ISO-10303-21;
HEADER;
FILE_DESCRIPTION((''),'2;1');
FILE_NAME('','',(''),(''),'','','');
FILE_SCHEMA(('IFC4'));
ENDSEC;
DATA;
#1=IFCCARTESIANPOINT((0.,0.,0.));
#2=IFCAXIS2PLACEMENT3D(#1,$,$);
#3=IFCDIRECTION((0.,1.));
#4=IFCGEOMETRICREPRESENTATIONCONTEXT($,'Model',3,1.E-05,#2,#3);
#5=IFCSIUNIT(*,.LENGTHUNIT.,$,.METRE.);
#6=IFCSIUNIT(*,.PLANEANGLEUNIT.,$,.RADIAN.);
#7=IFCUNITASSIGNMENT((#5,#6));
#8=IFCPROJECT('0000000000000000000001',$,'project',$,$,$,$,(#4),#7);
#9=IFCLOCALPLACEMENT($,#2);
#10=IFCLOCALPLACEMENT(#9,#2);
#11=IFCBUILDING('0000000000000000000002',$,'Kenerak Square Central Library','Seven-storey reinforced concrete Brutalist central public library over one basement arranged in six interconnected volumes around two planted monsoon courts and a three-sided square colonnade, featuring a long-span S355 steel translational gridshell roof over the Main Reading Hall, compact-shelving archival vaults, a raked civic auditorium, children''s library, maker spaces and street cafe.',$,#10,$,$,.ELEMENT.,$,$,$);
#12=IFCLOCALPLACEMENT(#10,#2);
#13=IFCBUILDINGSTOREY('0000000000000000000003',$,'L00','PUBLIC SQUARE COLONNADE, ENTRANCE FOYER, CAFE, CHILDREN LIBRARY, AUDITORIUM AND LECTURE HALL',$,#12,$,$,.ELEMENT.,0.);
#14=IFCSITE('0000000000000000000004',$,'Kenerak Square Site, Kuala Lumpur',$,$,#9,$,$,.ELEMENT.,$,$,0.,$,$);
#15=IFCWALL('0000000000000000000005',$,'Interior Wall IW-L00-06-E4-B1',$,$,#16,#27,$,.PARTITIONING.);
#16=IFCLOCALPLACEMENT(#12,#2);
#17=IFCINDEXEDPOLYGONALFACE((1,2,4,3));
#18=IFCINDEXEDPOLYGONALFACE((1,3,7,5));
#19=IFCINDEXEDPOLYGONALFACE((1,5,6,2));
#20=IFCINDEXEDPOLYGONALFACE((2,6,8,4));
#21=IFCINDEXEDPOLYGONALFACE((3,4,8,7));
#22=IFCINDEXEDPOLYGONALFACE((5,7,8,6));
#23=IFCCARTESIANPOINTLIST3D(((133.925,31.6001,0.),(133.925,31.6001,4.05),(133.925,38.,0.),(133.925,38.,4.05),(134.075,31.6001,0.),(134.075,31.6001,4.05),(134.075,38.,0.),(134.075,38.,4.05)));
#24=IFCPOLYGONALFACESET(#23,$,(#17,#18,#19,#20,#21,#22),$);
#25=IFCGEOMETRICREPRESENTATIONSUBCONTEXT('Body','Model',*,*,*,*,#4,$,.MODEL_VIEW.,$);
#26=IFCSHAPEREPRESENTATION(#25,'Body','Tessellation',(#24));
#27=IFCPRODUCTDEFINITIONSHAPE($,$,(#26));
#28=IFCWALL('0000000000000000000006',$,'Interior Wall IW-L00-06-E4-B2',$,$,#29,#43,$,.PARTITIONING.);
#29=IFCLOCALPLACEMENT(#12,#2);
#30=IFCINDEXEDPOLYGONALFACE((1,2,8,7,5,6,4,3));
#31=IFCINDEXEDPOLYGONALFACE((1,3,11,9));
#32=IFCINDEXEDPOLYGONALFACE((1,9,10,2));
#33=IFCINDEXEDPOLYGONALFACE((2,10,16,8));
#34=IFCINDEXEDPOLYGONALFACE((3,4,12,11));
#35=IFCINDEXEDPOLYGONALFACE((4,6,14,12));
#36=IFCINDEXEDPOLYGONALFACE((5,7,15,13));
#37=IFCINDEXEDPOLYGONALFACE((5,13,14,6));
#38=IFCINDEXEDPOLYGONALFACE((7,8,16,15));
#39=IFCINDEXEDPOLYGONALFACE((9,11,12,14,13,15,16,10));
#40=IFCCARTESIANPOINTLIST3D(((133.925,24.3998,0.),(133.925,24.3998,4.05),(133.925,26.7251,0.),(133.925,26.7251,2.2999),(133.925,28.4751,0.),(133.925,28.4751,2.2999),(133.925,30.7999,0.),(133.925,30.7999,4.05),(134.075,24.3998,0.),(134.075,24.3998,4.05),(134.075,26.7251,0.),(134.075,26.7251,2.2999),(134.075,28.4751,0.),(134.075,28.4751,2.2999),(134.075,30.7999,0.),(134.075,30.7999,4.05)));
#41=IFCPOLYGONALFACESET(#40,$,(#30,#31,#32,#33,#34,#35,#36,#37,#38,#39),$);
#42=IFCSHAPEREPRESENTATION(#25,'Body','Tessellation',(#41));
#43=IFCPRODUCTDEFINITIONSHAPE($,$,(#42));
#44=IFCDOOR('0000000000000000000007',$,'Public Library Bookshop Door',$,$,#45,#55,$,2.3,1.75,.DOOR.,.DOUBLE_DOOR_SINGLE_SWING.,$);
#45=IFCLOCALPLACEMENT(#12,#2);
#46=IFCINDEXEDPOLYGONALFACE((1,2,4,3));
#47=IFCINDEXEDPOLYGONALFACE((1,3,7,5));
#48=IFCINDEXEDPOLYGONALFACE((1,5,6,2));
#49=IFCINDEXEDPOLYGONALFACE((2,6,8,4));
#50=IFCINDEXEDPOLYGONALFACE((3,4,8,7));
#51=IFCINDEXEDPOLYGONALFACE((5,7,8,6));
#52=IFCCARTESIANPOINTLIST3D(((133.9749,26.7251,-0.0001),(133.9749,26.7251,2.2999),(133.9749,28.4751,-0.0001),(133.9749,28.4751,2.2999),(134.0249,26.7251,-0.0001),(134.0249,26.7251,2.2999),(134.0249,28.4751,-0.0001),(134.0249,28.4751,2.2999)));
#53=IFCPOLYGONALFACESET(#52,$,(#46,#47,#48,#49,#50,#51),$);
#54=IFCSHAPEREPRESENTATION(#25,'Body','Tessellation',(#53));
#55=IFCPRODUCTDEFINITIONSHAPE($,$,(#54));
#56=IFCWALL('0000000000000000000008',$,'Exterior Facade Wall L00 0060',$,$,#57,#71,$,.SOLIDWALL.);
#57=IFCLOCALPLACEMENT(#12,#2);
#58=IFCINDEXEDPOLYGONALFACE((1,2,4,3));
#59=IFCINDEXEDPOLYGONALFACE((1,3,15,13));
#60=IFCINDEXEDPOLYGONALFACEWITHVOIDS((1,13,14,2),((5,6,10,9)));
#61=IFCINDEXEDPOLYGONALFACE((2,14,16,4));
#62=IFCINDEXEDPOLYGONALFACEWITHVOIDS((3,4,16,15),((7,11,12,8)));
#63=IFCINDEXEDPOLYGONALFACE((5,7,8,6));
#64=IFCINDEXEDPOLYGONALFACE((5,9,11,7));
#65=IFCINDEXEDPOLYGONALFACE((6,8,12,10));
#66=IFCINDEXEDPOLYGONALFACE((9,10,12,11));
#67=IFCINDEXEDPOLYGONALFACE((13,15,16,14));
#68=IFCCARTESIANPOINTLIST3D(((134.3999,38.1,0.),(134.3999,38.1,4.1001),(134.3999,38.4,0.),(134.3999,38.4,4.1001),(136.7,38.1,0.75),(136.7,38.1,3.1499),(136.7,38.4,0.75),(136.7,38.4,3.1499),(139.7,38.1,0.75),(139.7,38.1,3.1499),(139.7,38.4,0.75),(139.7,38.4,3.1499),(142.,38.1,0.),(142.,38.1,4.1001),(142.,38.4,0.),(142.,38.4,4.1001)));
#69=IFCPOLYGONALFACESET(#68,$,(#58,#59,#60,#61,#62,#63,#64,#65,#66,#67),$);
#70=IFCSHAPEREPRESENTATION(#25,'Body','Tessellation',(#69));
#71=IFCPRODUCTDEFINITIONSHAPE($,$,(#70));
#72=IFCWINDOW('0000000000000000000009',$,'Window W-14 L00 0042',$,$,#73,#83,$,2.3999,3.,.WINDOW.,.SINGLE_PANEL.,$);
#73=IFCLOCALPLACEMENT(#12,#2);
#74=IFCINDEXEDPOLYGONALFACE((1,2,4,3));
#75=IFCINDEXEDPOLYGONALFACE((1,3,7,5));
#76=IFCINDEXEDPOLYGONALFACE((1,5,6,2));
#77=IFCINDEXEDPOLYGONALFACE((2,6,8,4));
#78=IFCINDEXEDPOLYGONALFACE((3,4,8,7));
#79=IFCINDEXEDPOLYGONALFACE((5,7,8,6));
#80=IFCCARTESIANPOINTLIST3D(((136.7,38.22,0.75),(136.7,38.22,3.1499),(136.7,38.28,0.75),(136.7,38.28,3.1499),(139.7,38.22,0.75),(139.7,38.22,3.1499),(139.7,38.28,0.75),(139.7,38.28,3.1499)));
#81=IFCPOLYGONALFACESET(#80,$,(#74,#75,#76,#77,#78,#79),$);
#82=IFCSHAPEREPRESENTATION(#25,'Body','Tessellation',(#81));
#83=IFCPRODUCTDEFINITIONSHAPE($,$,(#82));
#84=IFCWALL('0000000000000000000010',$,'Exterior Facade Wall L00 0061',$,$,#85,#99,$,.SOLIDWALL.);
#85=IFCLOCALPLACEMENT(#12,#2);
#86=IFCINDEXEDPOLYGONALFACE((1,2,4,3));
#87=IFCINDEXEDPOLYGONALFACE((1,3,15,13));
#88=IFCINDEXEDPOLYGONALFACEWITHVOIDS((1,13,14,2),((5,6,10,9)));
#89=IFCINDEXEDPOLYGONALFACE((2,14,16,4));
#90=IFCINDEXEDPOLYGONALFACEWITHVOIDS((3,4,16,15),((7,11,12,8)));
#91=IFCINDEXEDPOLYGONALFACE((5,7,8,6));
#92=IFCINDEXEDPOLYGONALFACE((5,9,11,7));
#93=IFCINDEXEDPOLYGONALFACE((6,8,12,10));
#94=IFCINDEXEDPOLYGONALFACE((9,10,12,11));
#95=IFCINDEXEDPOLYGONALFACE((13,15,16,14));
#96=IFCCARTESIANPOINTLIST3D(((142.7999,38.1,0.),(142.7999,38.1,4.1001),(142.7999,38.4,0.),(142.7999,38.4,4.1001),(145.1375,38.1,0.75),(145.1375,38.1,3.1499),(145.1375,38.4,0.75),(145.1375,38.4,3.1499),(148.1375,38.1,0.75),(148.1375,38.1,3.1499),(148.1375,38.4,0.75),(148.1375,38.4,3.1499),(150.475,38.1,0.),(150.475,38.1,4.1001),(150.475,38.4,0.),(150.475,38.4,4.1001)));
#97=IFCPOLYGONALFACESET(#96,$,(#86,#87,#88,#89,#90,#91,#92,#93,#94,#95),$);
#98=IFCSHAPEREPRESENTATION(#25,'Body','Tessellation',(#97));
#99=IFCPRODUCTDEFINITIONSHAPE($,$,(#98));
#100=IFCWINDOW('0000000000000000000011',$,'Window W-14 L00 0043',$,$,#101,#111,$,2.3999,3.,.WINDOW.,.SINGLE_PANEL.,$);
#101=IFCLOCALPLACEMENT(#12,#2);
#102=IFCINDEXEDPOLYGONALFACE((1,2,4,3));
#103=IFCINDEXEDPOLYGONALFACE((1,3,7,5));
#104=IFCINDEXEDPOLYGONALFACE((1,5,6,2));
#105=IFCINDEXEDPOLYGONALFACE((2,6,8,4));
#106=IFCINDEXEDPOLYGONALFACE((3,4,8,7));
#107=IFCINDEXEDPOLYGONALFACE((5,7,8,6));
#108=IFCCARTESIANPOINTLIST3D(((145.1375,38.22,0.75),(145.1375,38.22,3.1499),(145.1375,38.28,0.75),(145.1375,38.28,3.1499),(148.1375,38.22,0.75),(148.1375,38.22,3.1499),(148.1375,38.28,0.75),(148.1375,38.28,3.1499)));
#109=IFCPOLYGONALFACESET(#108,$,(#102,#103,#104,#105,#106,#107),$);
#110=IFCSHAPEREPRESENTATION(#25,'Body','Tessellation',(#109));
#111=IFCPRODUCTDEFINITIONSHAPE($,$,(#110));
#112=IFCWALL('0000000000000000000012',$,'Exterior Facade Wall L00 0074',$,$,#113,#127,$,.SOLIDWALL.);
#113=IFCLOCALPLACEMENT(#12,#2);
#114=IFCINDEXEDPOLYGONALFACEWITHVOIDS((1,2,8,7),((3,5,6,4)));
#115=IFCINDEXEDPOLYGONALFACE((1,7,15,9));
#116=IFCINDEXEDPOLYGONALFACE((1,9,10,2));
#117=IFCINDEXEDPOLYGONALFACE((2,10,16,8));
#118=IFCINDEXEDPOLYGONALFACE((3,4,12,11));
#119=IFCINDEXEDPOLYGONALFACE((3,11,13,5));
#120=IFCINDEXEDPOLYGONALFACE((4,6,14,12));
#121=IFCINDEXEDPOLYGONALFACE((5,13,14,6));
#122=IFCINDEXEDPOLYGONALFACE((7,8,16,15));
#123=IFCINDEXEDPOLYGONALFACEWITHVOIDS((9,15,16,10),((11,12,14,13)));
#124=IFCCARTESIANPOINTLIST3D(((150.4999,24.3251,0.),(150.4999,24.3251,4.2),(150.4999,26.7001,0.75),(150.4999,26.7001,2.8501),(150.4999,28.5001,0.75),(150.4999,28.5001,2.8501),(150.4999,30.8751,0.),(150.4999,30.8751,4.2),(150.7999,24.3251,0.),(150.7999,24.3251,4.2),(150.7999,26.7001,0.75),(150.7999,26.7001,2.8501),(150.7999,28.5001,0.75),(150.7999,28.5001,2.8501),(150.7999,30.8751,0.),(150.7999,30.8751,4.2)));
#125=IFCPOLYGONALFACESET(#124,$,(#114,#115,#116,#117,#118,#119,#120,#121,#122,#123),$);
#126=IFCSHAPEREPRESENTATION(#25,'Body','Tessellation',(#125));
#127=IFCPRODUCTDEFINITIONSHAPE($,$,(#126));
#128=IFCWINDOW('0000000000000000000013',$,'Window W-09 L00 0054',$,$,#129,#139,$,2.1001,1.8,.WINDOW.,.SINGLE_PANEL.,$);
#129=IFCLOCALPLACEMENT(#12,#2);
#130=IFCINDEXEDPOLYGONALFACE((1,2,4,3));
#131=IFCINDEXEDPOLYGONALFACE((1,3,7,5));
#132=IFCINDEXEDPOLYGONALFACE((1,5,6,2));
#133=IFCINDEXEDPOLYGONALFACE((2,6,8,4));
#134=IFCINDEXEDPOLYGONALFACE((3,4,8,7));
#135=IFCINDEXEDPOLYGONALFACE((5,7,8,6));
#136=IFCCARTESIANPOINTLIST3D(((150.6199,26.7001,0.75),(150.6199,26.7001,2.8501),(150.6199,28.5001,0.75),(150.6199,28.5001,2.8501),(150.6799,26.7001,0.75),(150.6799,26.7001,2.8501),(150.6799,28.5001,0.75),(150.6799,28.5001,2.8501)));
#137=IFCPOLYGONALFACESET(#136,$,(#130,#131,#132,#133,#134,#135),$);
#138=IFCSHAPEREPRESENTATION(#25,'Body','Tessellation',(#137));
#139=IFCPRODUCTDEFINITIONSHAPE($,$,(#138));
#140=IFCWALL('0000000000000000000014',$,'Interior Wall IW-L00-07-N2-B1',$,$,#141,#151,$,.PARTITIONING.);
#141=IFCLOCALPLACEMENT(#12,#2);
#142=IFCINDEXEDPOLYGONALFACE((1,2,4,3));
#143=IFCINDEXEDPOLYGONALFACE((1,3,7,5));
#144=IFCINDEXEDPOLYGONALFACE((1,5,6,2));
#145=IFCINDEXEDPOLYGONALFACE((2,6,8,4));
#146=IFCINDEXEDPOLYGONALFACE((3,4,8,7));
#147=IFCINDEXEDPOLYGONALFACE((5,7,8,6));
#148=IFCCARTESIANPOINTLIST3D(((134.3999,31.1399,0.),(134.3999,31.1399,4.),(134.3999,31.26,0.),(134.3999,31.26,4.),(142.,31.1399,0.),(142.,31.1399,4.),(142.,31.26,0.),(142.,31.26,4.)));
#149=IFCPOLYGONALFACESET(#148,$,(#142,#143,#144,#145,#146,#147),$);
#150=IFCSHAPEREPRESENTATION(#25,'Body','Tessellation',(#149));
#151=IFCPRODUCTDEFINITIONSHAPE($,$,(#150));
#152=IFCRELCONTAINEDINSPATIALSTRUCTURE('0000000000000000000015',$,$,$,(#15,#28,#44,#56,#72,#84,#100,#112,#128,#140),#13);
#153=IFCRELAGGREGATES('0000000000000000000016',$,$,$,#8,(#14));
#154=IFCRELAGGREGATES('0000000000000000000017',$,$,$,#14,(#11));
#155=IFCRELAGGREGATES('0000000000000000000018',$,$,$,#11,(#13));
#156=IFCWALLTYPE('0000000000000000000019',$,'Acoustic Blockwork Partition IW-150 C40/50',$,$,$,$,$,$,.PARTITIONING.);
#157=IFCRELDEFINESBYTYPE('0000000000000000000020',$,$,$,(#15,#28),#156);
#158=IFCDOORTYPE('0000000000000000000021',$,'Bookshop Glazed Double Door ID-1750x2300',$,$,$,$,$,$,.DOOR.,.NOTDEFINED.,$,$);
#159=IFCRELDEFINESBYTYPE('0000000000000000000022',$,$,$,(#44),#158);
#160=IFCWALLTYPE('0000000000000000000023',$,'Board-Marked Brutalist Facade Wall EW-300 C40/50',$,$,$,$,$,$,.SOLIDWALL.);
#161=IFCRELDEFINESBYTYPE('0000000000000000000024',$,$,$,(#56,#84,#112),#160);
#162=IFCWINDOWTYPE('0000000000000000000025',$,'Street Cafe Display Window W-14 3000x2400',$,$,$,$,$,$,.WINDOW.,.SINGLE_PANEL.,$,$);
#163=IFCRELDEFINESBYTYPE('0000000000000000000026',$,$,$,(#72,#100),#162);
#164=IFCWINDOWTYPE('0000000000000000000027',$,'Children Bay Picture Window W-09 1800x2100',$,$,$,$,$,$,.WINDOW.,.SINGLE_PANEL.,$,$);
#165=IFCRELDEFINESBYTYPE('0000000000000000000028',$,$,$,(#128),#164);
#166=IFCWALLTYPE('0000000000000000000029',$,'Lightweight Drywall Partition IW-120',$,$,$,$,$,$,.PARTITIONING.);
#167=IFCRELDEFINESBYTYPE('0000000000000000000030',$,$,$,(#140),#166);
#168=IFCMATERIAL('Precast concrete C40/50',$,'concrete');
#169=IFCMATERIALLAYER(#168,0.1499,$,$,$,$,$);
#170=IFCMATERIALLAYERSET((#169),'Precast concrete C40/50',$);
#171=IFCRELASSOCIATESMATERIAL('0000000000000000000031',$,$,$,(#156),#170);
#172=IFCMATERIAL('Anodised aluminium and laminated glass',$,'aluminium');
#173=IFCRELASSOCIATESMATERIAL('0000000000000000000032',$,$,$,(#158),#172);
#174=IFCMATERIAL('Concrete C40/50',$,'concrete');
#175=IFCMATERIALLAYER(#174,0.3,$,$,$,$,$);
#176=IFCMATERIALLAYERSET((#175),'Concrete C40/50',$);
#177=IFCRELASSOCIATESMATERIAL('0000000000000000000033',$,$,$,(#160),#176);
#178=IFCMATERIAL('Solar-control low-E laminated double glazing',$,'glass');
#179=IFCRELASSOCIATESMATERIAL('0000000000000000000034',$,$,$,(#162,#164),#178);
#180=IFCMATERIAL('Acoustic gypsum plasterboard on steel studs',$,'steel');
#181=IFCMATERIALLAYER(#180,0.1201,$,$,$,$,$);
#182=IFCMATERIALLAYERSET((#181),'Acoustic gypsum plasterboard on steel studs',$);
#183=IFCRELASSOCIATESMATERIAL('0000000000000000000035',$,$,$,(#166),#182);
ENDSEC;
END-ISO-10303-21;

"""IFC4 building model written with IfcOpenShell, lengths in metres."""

from ifc_helpers import new_model, si_unit, direction, frame, frame_2d, origin, place, context, subcontext, project, spatial, rectangle, extrude, material, layer, layer_set, type_object, element, fill, save


model = new_model("IFC4")

# Units and contexts
model_context = context("Model", 3, precision=1e-05, world=origin(), true_north=direction((0.0, 1.0)))
body_context = subcontext(model_context, "Body", "Model", "MODEL_VIEW")
ifc_project = project(units=[si_unit("LENGTHUNIT", "METRE"), si_unit("PLANEANGLEUNIT", "RADIAN")], contexts=[model_context])

# Site, building, storey
site_placement = place(None, origin())
site = spatial("IfcSite", under=ifc_project, at=site_placement, Name="Kenerak Square Site, Kuala Lumpur", CompositionType="ELEMENT", RefElevation=0.0)
building_placement = place(site_placement, origin())
building = spatial("IfcBuilding", under=site, at=building_placement, Name="Kenerak Square Central Library", Description="Seven-storey reinforced concrete Brutalist central public library over one basement arranged in six interconnected volumes around two planted monsoon courts and a three-sided square colonnade, featuring a long-span S355 steel translational gridshell roof over the Main Reading Hall, compact-shelving archival vaults, a raked civic auditorium, children's library, maker spaces and street cafe.", CompositionType="ELEMENT")
storey_placement = place(building_placement, origin())
storey = spatial("IfcBuildingStorey", under=building, at=storey_placement, Name="L00", Description="PUBLIC SQUARE COLONNADE, ENTRANCE FOYER, CAFE, CHILDREN LIBRARY, AUDITORIUM AND LECTURE HALL", CompositionType="ELEMENT", Elevation=0.0)

# Shared definitions
ifc_material_1 = material(Name="Concrete C40/50", Category="concrete")

# Wall
ifc_material_2 = material(Name="Precast concrete C40/50", Category="concrete")
ifc_layer_1 = layer(ifc_material_2, 0.1499)
ifc_layer_set_1 = layer_set([ifc_layer_1], Name="Precast concrete C40/50")
wall_type_1 = type_object("IfcWallType", Name="Acoustic Blockwork Partition IW-150 C40/50", PredefinedType="PARTITIONING", material=ifc_layer_set_1)
wall_1_placement = place(storey_placement, frame((134.0, 38.0, 0.0), z_axis=(0.0, 0.0, 1.0), x_axis=(0.0, -1.0, 0.0)))
element("IfcWall", 1, at=wall_1_placement, inside=storey, type_object=wall_type_1, Name="Interior Wall IW-L00-06-E4-B1", PredefinedType="PARTITIONING", context=body_context, shape_type="SweptSolid", body=[
    extrude(rectangle(XDim=6.3999, YDim=0.1499, at=frame_2d((3.2, 0.0))), origin(), (0.0, 0.0, 1.0), 4.05),
])

# Wall, opening, door
wall_2_placement = place(storey_placement, frame((134.0, 30.8, 0.0), z_axis=(0.0, 0.0, 1.0), x_axis=(0.0, -1.0, 0.0)))
wall_2 = element("IfcWall", 2, at=wall_2_placement, inside=storey, type_object=wall_type_1, Name="Interior Wall IW-L00-06-E4-B2", PredefinedType="PARTITIONING", context=body_context, shape_type="SweptSolid", body=[
    extrude(rectangle(XDim=6.4001, YDim=0.1499, at=frame_2d((3.2002, 0.0))), origin(), (0.0, 0.0, 1.0), 4.05),
])
opening_1_placement = place(wall_2_placement, frame((2.325, 0.0, 0.0)))
opening_1 = element("IfcOpeningElement", 3, at=opening_1_placement, cuts=wall_2, PredefinedType="OPENING", context=body_context, shape_type="SweptSolid", body=[
    extrude(rectangle(XDim=1.75, YDim=2.3, at=frame_2d((0.875, 1.1499))), frame((0.0, 0.085, 0.0), z_axis=(0.0, -1.0, 0.0), x_axis=(1.0, 0.0, 0.0)), (0.0, 0.0, 1.0), 0.1699),
])
ifc_material_3 = material(Name="Anodised aluminium and laminated glass", Category="aluminium")
door_type_1 = type_object("IfcDoorType", Name="Bookshop Glazed Double Door ID-1750x2300", OperationType="NOTDEFINED", PredefinedType="DOOR", material=ifc_material_3)
door_1_placement = place(opening_1_placement, origin())
door_1 = element("IfcDoor", 4, at=door_1_placement, inside=storey, type_object=door_type_1, Name="Public Library Bookshop Door", OperationType="DOUBLE_DOOR_SINGLE_SWING", OverallHeight=2.3, OverallWidth=1.75, PredefinedType="DOOR", context=body_context, shape_type="SweptSolid", body=[
    extrude(rectangle(XDim=1.75, YDim=2.3, at=frame_2d((0.875, 1.1499))), frame((0.0, 0.0249, 0.0), z_axis=(0.0, -1.0, 0.0), x_axis=(1.0, 0.0, 0.0)), (0.0, 0.0, 1.0), 0.05),
])
fill(opening_1, door_1)

# Walls, openings, windows
ifc_layer_2 = layer(ifc_material_1, 0.3)
ifc_layer_set_2 = layer_set([ifc_layer_2], Name="Concrete C40/50")
wall_type_2 = type_object("IfcWallType", Name="Board-Marked Brutalist Facade Wall EW-300 C40/50", PredefinedType="SOLIDWALL", material=ifc_layer_set_2)
wall_3_placement = place(storey_placement, frame((134.3999, 38.25, 0.0), z_axis=(0.0, 0.0, 1.0), x_axis=(1.0, 0.0, 0.0)))
wall_3 = element("IfcWall", 5, at=wall_3_placement, inside=storey, type_object=wall_type_2, Name="Exterior Facade Wall L00 0060", PredefinedType="SOLIDWALL", context=body_context, shape_type="SweptSolid", body=[
    extrude(rectangle(XDim=7.6001, YDim=0.3, at=frame_2d((3.8, 0.0))), origin(), (0.0, 0.0, 1.0), 4.1001),
])
opening_2_placement = place(wall_3_placement, frame((2.3, 0.0, 0.75)))
opening_2 = element("IfcOpeningElement", 6, at=opening_2_placement, cuts=wall_3, PredefinedType="OPENING", context=body_context, shape_type="SweptSolid", body=[
    extrude(rectangle(XDim=3.0, YDim=2.3999, at=frame_2d((1.5, 1.2))), frame((0.0, 0.1599, 0.0), z_axis=(0.0, -1.0, 0.0), x_axis=(1.0, 0.0, 0.0)), (0.0, 0.0, 1.0), 0.3201),
])
ifc_material_4 = material(Name="Solar-control low-E laminated double glazing", Category="glass")
window_type_1 = type_object("IfcWindowType", Name="Street Cafe Display Window W-14 3000x2400", PartitioningType="SINGLE_PANEL", PredefinedType="WINDOW", material=ifc_material_4)
window_1_placement = place(opening_2_placement, origin())
window_1 = element("IfcWindow", 7, at=window_1_placement, inside=storey, type_object=window_type_1, Name="Window W-14 L00 0042", OverallHeight=2.3999, OverallWidth=3.0, PartitioningType="SINGLE_PANEL", PredefinedType="WINDOW", context=body_context, shape_type="SweptSolid", body=[
    extrude(rectangle(XDim=3.0, YDim=2.3999, at=frame_2d((1.5, 1.2))), frame((0.0, 0.03, 0.0), z_axis=(0.0, -1.0, 0.0), x_axis=(1.0, 0.0, 0.0)), (0.0, 0.0, 1.0), 0.0601),
])
fill(opening_2, window_1)
wall_4_placement = place(storey_placement, frame((142.8, 38.25, 0.0), z_axis=(0.0, 0.0, 1.0), x_axis=(1.0, 0.0, 0.0)))
wall_4 = element("IfcWall", 8, at=wall_4_placement, inside=storey, type_object=wall_type_2, Name="Exterior Facade Wall L00 0061", PredefinedType="SOLIDWALL", context=body_context, shape_type="SweptSolid", body=[
    extrude(rectangle(XDim=7.675, YDim=0.3, at=frame_2d((3.8374, 0.0))), origin(), (0.0, 0.0, 1.0), 4.1001),
])
opening_3_placement = place(wall_4_placement, frame((2.3374, 0.0, 0.75)))
opening_3 = element("IfcOpeningElement", 9, at=opening_3_placement, cuts=wall_4, PredefinedType="OPENING", context=body_context, shape_type="SweptSolid", body=[
    extrude(rectangle(XDim=3.0, YDim=2.3999, at=frame_2d((1.5, 1.2))), frame((0.0, 0.1599, 0.0), z_axis=(0.0, -1.0, 0.0), x_axis=(1.0, 0.0, 0.0)), (0.0, 0.0, 1.0), 0.3201),
])
window_2_placement = place(opening_3_placement, origin())
window_2 = element("IfcWindow", 10, at=window_2_placement, inside=storey, type_object=window_type_1, Name="Window W-14 L00 0043", OverallHeight=2.3999, OverallWidth=3.0, PartitioningType="SINGLE_PANEL", PredefinedType="WINDOW", context=body_context, shape_type="SweptSolid", body=[
    extrude(rectangle(XDim=3.0, YDim=2.3999, at=frame_2d((1.5, 1.2))), frame((0.0, 0.03, 0.0), z_axis=(0.0, -1.0, 0.0), x_axis=(1.0, 0.0, 0.0)), (0.0, 0.0, 1.0), 0.0601),
])
fill(opening_3, window_2)
wall_5_placement = place(storey_placement, frame((150.6499, 30.875, 0.0), z_axis=(0.0, 0.0, 1.0), x_axis=(0.0, -1.0, 0.0)))
wall_5 = element("IfcWall", 11, at=wall_5_placement, inside=storey, type_object=wall_type_2, Name="Exterior Facade Wall L00 0074", PredefinedType="SOLIDWALL", context=body_context, shape_type="SweptSolid", body=[
    extrude(rectangle(XDim=6.55, YDim=0.3, at=frame_2d((3.2749, 0.0))), origin(), (0.0, 0.0, 1.0), 4.2),
])
opening_4_placement = place(wall_5_placement, frame((2.375, 0.0, 0.75)))
opening_4 = element("IfcOpeningElement", 12, at=opening_4_placement, cuts=wall_5, PredefinedType="OPENING", context=body_context, shape_type="SweptSolid", body=[
    extrude(rectangle(XDim=1.8, YDim=2.1001, at=frame_2d((0.8999, 1.05))), frame((0.0, 0.1599, 0.0), z_axis=(0.0, -1.0, 0.0), x_axis=(1.0, 0.0, 0.0)), (0.0, 0.0, 1.0), 0.3201),
])
window_type_2 = type_object("IfcWindowType", Name="Children Bay Picture Window W-09 1800x2100", PartitioningType="SINGLE_PANEL", PredefinedType="WINDOW", material=ifc_material_4)
window_3_placement = place(opening_4_placement, origin())
window_3 = element("IfcWindow", 13, at=window_3_placement, inside=storey, type_object=window_type_2, Name="Window W-09 L00 0054", OverallHeight=2.1001, OverallWidth=1.8, PartitioningType="SINGLE_PANEL", PredefinedType="WINDOW", context=body_context, shape_type="SweptSolid", body=[
    extrude(rectangle(XDim=1.8, YDim=2.1001, at=frame_2d((0.8999, 1.05))), frame((0.0, 0.03, 0.0), z_axis=(0.0, -1.0, 0.0), x_axis=(1.0, 0.0, 0.0)), (0.0, 0.0, 1.0), 0.0601),
])
fill(opening_4, window_3)

# Wall
ifc_material_5 = material(Name="Acoustic gypsum plasterboard on steel studs", Category="steel")
ifc_layer_3 = layer(ifc_material_5, 0.1201)
ifc_layer_set_3 = layer_set([ifc_layer_3], Name="Acoustic gypsum plasterboard on steel studs")
wall_type_3 = type_object("IfcWallType", Name="Lightweight Drywall Partition IW-120", PredefinedType="PARTITIONING", material=ifc_layer_set_3)
wall_6_placement = place(storey_placement, frame((134.3999, 31.2, 0.0), z_axis=(0.0, 0.0, 1.0), x_axis=(1.0, 0.0, 0.0)))
element("IfcWall", 14, at=wall_6_placement, inside=storey, type_object=wall_type_3, Name="Interior Wall IW-L00-07-N2-B1", PredefinedType="PARTITIONING", context=body_context, shape_type="SweptSolid", body=[
    extrude(rectangle(XDim=7.6001, YDim=0.1201, at=frame_2d((3.8, 0.0))), origin(), (0.0, 0.0, 1.0), 4.0),
])

save(model, "model.ifc")
